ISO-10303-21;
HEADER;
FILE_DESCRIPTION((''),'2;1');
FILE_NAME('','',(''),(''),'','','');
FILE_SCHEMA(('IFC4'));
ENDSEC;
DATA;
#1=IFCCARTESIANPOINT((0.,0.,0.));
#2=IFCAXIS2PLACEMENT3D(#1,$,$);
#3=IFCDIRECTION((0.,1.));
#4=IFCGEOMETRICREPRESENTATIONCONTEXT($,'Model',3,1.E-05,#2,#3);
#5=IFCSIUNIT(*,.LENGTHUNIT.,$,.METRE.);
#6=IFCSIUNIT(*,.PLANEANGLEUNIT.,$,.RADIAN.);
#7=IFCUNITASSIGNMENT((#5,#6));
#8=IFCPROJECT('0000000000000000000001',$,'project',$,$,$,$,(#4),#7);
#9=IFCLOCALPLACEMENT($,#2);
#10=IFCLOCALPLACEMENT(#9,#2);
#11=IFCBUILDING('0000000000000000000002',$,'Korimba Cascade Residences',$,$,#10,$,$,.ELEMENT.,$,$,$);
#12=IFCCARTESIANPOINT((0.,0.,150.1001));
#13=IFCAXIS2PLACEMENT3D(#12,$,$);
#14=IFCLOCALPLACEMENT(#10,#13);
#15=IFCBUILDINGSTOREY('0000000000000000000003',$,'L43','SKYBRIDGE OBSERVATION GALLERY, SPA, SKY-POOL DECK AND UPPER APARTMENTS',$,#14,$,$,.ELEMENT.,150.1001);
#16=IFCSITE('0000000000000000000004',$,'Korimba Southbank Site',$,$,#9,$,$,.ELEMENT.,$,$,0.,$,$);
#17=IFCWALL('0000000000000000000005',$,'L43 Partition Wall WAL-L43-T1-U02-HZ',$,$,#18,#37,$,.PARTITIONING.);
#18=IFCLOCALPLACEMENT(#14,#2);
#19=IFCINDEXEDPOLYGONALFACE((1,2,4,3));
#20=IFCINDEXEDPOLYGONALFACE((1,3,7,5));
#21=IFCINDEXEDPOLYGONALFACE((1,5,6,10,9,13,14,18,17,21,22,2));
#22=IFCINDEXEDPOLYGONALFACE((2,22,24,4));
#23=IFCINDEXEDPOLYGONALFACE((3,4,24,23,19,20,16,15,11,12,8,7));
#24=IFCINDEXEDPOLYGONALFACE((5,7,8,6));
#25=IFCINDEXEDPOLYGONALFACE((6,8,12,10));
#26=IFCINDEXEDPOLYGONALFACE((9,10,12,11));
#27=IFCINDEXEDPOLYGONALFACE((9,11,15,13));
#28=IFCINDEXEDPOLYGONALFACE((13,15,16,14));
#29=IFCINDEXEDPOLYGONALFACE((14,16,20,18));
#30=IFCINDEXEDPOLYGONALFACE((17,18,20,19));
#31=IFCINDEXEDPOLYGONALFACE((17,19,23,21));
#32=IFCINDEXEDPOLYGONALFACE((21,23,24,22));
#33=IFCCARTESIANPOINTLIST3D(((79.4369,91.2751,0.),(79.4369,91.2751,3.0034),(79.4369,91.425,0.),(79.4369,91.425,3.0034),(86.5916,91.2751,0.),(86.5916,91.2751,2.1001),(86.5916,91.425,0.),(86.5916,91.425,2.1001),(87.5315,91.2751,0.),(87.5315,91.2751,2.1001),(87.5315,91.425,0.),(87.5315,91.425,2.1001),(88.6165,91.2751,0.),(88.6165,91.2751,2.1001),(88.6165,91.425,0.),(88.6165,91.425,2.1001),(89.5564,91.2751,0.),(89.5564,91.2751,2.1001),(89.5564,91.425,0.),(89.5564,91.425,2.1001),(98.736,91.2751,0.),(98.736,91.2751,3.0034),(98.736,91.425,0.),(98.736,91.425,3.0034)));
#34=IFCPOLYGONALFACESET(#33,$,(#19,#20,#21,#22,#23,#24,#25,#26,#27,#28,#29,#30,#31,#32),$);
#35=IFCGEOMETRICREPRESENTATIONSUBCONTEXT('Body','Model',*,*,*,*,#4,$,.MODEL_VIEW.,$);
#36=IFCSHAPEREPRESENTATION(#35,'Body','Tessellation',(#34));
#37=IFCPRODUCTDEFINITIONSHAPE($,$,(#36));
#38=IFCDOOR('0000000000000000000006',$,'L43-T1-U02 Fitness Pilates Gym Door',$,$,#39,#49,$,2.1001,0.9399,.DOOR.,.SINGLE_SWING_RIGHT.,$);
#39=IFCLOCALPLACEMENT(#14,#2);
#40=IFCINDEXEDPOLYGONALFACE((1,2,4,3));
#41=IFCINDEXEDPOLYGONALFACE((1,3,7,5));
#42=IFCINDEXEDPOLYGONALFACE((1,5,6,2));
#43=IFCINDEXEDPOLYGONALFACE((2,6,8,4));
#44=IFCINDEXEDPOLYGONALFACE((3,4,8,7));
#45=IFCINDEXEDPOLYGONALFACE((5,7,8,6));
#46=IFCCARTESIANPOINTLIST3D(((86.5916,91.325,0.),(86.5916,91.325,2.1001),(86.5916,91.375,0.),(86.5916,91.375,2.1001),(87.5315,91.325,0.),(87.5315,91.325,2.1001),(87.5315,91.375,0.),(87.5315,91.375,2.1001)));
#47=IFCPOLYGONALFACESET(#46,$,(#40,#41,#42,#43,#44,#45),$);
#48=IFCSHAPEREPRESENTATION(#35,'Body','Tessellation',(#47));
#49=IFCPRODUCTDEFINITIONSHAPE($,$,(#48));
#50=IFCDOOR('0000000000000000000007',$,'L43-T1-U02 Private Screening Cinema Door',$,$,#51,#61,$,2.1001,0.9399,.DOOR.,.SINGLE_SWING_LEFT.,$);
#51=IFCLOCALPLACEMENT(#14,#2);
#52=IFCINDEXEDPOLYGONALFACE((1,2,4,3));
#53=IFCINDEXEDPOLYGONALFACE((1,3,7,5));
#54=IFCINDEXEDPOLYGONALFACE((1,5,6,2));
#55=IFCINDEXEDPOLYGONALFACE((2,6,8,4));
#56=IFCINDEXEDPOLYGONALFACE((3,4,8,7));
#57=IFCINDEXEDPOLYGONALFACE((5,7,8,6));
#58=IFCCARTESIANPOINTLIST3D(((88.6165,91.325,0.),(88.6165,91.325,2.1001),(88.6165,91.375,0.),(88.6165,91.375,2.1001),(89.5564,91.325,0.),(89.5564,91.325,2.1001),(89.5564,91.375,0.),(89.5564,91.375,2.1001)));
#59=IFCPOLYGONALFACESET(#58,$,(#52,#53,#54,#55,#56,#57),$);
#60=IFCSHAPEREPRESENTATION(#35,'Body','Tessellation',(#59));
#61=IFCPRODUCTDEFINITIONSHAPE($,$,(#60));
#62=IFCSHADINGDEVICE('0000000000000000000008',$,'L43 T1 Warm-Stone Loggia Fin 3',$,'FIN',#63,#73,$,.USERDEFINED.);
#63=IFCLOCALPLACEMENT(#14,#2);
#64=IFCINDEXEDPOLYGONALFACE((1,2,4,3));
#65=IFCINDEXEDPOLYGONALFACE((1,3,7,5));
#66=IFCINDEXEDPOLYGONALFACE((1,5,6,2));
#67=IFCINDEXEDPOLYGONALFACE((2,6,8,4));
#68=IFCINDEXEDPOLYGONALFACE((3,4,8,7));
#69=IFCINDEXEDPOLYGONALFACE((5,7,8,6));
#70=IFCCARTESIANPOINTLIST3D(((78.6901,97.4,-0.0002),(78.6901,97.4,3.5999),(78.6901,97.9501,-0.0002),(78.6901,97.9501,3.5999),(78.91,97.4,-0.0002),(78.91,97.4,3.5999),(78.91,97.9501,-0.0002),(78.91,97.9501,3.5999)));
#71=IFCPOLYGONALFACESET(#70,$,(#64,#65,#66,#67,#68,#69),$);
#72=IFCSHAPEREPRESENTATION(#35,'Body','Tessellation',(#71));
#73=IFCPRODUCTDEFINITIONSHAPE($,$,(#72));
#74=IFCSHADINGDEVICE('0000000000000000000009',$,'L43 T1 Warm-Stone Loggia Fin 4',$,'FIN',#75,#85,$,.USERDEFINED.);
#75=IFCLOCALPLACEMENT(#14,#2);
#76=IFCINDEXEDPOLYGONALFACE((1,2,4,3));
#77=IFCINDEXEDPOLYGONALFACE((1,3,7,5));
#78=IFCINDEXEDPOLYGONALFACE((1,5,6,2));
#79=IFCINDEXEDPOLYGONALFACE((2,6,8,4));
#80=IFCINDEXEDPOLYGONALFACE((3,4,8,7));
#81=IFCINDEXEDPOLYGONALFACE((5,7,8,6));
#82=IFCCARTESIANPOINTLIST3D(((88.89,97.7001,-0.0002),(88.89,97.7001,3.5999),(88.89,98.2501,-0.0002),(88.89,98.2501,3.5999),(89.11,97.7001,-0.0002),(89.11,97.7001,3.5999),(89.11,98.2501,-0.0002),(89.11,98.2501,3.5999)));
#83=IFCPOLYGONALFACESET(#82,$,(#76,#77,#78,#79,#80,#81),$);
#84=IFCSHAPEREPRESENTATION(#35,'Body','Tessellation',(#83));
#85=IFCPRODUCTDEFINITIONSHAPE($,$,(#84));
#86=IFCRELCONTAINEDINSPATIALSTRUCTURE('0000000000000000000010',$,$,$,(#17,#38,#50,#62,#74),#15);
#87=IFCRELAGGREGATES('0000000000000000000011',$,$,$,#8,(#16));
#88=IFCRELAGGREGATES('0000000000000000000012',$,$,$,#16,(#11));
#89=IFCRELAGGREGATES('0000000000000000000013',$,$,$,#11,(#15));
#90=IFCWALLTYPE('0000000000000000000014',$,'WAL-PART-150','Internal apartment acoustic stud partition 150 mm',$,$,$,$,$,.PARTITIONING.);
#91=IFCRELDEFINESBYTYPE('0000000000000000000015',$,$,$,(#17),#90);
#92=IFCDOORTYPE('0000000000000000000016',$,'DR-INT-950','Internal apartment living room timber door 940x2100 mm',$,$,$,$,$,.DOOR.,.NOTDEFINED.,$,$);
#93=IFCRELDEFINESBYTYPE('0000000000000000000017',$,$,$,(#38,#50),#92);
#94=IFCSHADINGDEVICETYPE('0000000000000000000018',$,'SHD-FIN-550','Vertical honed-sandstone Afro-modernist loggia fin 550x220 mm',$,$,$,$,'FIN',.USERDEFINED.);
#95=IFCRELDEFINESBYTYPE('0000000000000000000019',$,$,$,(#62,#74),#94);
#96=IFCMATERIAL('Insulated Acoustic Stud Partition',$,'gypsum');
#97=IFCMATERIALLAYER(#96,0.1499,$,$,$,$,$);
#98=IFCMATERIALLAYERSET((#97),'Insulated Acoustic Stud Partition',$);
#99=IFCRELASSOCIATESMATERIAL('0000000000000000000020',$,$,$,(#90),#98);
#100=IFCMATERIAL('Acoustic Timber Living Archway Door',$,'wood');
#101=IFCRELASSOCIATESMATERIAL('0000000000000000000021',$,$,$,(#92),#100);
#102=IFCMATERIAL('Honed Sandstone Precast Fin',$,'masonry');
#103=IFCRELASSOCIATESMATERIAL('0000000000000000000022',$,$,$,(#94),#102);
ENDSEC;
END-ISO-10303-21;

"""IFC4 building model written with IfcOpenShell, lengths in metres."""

from ifc_helpers import new_model, si_unit, direction, frame, frame_2d, origin, origin_2d, place, context, subcontext, project, spatial, rectangle, extrude, material, layer, layer_set, type_object, element, fill, save


model = new_model("IFC4")

# Units and contexts
model_context = context("Model", 3, precision=1e-05, world=origin(), true_north=direction((0.0, 1.0)))
body_context = subcontext(model_context, "Body", "Model", "MODEL_VIEW")
ifc_project = project(units=[si_unit("LENGTHUNIT", "METRE"), si_unit("PLANEANGLEUNIT", "RADIAN")], contexts=[model_context])

# Site, building, storey
site_placement = place(None, origin())
site = spatial("IfcSite", under=ifc_project, at=site_placement, Name="Korimba Southbank Site", CompositionType="ELEMENT", RefElevation=0.0)
building_placement = place(site_placement, origin())
building = spatial("IfcBuilding", under=site, at=building_placement, Name="Korimba Cascade Residences", CompositionType="ELEMENT")
storey_placement = place(building_placement, frame((0.0, 0.0, 150.1001)))
storey = spatial("IfcBuildingStorey", under=building, at=storey_placement, Name="L43", Description="SKYBRIDGE OBSERVATION GALLERY, SPA, SKY-POOL DECK AND UPPER APARTMENTS", CompositionType="ELEMENT", Elevation=150.1001)

# Shared definitions
ifc_material_1 = material(Name="Insulated Acoustic Stud Partition", Category="gypsum")
ifc_layer = layer(ifc_material_1, 0.1499)
ifc_layer_set = layer_set([ifc_layer], Name="Insulated Acoustic Stud Partition")
wall_type = type_object("IfcWallType", Name="WAL-PART-150", Description="Internal apartment acoustic stud partition 150 mm", PredefinedType="PARTITIONING", material=ifc_layer_set)

# Wall, openings, doors
wall_1_placement = place(storey_placement, frame((79.437, 91.3501, 0.0), z_axis=(0.0, 0.0, 1.0), x_axis=(1.0, 0.0, 0.0)))
wall_1 = element("IfcWall", 1, at=wall_1_placement, inside=storey, type_object=wall_type, Name="L43 Partition Wall WAL-L43-T1-U02-HZ", PredefinedType="PARTITIONING", context=body_context, shape_type="SweptSolid", body=[
    extrude(rectangle(XDim=19.2991, YDim=0.1499, at=frame_2d((9.6494, 0.0))), origin(), (0.0, 0.0, 1.0), 3.0034),
])
opening_1_placement = place(wall_1_placement, frame((7.1545, 0.0, 0.0)))
opening_1 = element("IfcOpeningElement", 2, at=opening_1_placement, cuts=wall_1, PredefinedType="OPENING", context=body_context, shape_type="SweptSolid", body=[
    extrude(rectangle(XDim=0.9399, YDim=2.1001, at=frame_2d((0.47, 1.05))), frame((0.0, 0.085, 0.0), z_axis=(0.0, -1.0, 0.0), x_axis=(1.0, 0.0, 0.0)), (0.0, 0.0, 1.0), 0.1699),
])
opening_2_placement = place(wall_1_placement, frame((9.1794, 0.0, 0.0)))
opening_2 = element("IfcOpeningElement", 3, at=opening_2_placement, cuts=wall_1, PredefinedType="OPENING", context=body_context, shape_type="SweptSolid", body=[
    extrude(rectangle(XDim=0.9399, YDim=2.1001, at=frame_2d((0.47, 1.05))), frame((0.0, 0.085, 0.0), z_axis=(0.0, -1.0, 0.0), x_axis=(1.0, 0.0, 0.0)), (0.0, 0.0, 1.0), 0.1699),
])
ifc_material_2 = material(Name="Acoustic Timber Living Archway Door", Category="wood")
door_type = type_object("IfcDoorType", Name="DR-INT-950", Description="Internal apartment living room timber door 940x2100 mm", OperationType="NOTDEFINED", PredefinedType="DOOR", material=ifc_material_2)
door_1_placement = place(opening_1_placement, origin())
door_1 = element("IfcDoor", 4, at=door_1_placement, inside=storey, type_object=door_type, Name="L43-T1-U02 Fitness Pilates Gym Door", OperationType="SINGLE_SWING_RIGHT", OverallHeight=2.1001, OverallWidth=0.9399, PredefinedType="DOOR", context=body_context, shape_type="SweptSolid", body=[
    extrude(rectangle(XDim=0.9399, YDim=2.1001, at=frame_2d((0.47, 1.05))), frame((0.0, 0.0249, 0.0), z_axis=(0.0, -1.0, 0.0), x_axis=(1.0, 0.0, 0.0)), (0.0, 0.0, 1.0), 0.05),
])
fill(opening_1, door_1)
door_2_placement = place(opening_2_placement, origin())
door_2 = element("IfcDoor", 5, at=door_2_placement, inside=storey, type_object=door_type, Name="L43-T1-U02 Private Screening Cinema Door", OperationType="SINGLE_SWING_LEFT", OverallHeight=2.1001, OverallWidth=0.9399, PredefinedType="DOOR", context=body_context, shape_type="SweptSolid", body=[
    extrude(rectangle(XDim=0.9399, YDim=2.1001, at=frame_2d((0.47, 1.05))), frame((0.0, 0.0249, 0.0), z_axis=(0.0, -1.0, 0.0), x_axis=(1.0, 0.0, 0.0)), (0.0, 0.0, 1.0), 0.05),
])
fill(opening_2, door_2)

# Shading devices
ifc_material_3 = material(Name="Honed Sandstone Precast Fin", Category="masonry")
shading_device_type = type_object("IfcShadingDeviceType", Name="SHD-FIN-550", Description="Vertical honed-sandstone Afro-modernist loggia fin 550x220 mm", ElementType="FIN", PredefinedType="USERDEFINED", material=ifc_material_3)
for number, where, z_axis, x_axis, name in (
    (6, (78.8, 97.675, -0.0002), (0.0, 0.0, 1.0), (1.0, 0.0, 0.0), "L43 T1 Warm-Stone Loggia Fin 3"),
    (7, (89.0, 97.9751, -0.0002), (0.0, 0.0, 1.0), (1.0, 0.0, 0.0), "L43 T1 Warm-Stone Loggia Fin 4"),
):
    element("IfcShadingDevice", number, at=place(storey_placement, frame(where, z_axis=z_axis, x_axis=x_axis)), inside=storey, type_object=shading_device_type, Name=name, ObjectType="FIN", PredefinedType="USERDEFINED", context=body_context, shape_type="SweptSolid", body=[
        extrude(rectangle(XDim=0.22, YDim=0.55, at=origin_2d()), origin(), (0.0, 0.0, 1.0), 3.6001),
    ])

save(model, "model.ifc")
